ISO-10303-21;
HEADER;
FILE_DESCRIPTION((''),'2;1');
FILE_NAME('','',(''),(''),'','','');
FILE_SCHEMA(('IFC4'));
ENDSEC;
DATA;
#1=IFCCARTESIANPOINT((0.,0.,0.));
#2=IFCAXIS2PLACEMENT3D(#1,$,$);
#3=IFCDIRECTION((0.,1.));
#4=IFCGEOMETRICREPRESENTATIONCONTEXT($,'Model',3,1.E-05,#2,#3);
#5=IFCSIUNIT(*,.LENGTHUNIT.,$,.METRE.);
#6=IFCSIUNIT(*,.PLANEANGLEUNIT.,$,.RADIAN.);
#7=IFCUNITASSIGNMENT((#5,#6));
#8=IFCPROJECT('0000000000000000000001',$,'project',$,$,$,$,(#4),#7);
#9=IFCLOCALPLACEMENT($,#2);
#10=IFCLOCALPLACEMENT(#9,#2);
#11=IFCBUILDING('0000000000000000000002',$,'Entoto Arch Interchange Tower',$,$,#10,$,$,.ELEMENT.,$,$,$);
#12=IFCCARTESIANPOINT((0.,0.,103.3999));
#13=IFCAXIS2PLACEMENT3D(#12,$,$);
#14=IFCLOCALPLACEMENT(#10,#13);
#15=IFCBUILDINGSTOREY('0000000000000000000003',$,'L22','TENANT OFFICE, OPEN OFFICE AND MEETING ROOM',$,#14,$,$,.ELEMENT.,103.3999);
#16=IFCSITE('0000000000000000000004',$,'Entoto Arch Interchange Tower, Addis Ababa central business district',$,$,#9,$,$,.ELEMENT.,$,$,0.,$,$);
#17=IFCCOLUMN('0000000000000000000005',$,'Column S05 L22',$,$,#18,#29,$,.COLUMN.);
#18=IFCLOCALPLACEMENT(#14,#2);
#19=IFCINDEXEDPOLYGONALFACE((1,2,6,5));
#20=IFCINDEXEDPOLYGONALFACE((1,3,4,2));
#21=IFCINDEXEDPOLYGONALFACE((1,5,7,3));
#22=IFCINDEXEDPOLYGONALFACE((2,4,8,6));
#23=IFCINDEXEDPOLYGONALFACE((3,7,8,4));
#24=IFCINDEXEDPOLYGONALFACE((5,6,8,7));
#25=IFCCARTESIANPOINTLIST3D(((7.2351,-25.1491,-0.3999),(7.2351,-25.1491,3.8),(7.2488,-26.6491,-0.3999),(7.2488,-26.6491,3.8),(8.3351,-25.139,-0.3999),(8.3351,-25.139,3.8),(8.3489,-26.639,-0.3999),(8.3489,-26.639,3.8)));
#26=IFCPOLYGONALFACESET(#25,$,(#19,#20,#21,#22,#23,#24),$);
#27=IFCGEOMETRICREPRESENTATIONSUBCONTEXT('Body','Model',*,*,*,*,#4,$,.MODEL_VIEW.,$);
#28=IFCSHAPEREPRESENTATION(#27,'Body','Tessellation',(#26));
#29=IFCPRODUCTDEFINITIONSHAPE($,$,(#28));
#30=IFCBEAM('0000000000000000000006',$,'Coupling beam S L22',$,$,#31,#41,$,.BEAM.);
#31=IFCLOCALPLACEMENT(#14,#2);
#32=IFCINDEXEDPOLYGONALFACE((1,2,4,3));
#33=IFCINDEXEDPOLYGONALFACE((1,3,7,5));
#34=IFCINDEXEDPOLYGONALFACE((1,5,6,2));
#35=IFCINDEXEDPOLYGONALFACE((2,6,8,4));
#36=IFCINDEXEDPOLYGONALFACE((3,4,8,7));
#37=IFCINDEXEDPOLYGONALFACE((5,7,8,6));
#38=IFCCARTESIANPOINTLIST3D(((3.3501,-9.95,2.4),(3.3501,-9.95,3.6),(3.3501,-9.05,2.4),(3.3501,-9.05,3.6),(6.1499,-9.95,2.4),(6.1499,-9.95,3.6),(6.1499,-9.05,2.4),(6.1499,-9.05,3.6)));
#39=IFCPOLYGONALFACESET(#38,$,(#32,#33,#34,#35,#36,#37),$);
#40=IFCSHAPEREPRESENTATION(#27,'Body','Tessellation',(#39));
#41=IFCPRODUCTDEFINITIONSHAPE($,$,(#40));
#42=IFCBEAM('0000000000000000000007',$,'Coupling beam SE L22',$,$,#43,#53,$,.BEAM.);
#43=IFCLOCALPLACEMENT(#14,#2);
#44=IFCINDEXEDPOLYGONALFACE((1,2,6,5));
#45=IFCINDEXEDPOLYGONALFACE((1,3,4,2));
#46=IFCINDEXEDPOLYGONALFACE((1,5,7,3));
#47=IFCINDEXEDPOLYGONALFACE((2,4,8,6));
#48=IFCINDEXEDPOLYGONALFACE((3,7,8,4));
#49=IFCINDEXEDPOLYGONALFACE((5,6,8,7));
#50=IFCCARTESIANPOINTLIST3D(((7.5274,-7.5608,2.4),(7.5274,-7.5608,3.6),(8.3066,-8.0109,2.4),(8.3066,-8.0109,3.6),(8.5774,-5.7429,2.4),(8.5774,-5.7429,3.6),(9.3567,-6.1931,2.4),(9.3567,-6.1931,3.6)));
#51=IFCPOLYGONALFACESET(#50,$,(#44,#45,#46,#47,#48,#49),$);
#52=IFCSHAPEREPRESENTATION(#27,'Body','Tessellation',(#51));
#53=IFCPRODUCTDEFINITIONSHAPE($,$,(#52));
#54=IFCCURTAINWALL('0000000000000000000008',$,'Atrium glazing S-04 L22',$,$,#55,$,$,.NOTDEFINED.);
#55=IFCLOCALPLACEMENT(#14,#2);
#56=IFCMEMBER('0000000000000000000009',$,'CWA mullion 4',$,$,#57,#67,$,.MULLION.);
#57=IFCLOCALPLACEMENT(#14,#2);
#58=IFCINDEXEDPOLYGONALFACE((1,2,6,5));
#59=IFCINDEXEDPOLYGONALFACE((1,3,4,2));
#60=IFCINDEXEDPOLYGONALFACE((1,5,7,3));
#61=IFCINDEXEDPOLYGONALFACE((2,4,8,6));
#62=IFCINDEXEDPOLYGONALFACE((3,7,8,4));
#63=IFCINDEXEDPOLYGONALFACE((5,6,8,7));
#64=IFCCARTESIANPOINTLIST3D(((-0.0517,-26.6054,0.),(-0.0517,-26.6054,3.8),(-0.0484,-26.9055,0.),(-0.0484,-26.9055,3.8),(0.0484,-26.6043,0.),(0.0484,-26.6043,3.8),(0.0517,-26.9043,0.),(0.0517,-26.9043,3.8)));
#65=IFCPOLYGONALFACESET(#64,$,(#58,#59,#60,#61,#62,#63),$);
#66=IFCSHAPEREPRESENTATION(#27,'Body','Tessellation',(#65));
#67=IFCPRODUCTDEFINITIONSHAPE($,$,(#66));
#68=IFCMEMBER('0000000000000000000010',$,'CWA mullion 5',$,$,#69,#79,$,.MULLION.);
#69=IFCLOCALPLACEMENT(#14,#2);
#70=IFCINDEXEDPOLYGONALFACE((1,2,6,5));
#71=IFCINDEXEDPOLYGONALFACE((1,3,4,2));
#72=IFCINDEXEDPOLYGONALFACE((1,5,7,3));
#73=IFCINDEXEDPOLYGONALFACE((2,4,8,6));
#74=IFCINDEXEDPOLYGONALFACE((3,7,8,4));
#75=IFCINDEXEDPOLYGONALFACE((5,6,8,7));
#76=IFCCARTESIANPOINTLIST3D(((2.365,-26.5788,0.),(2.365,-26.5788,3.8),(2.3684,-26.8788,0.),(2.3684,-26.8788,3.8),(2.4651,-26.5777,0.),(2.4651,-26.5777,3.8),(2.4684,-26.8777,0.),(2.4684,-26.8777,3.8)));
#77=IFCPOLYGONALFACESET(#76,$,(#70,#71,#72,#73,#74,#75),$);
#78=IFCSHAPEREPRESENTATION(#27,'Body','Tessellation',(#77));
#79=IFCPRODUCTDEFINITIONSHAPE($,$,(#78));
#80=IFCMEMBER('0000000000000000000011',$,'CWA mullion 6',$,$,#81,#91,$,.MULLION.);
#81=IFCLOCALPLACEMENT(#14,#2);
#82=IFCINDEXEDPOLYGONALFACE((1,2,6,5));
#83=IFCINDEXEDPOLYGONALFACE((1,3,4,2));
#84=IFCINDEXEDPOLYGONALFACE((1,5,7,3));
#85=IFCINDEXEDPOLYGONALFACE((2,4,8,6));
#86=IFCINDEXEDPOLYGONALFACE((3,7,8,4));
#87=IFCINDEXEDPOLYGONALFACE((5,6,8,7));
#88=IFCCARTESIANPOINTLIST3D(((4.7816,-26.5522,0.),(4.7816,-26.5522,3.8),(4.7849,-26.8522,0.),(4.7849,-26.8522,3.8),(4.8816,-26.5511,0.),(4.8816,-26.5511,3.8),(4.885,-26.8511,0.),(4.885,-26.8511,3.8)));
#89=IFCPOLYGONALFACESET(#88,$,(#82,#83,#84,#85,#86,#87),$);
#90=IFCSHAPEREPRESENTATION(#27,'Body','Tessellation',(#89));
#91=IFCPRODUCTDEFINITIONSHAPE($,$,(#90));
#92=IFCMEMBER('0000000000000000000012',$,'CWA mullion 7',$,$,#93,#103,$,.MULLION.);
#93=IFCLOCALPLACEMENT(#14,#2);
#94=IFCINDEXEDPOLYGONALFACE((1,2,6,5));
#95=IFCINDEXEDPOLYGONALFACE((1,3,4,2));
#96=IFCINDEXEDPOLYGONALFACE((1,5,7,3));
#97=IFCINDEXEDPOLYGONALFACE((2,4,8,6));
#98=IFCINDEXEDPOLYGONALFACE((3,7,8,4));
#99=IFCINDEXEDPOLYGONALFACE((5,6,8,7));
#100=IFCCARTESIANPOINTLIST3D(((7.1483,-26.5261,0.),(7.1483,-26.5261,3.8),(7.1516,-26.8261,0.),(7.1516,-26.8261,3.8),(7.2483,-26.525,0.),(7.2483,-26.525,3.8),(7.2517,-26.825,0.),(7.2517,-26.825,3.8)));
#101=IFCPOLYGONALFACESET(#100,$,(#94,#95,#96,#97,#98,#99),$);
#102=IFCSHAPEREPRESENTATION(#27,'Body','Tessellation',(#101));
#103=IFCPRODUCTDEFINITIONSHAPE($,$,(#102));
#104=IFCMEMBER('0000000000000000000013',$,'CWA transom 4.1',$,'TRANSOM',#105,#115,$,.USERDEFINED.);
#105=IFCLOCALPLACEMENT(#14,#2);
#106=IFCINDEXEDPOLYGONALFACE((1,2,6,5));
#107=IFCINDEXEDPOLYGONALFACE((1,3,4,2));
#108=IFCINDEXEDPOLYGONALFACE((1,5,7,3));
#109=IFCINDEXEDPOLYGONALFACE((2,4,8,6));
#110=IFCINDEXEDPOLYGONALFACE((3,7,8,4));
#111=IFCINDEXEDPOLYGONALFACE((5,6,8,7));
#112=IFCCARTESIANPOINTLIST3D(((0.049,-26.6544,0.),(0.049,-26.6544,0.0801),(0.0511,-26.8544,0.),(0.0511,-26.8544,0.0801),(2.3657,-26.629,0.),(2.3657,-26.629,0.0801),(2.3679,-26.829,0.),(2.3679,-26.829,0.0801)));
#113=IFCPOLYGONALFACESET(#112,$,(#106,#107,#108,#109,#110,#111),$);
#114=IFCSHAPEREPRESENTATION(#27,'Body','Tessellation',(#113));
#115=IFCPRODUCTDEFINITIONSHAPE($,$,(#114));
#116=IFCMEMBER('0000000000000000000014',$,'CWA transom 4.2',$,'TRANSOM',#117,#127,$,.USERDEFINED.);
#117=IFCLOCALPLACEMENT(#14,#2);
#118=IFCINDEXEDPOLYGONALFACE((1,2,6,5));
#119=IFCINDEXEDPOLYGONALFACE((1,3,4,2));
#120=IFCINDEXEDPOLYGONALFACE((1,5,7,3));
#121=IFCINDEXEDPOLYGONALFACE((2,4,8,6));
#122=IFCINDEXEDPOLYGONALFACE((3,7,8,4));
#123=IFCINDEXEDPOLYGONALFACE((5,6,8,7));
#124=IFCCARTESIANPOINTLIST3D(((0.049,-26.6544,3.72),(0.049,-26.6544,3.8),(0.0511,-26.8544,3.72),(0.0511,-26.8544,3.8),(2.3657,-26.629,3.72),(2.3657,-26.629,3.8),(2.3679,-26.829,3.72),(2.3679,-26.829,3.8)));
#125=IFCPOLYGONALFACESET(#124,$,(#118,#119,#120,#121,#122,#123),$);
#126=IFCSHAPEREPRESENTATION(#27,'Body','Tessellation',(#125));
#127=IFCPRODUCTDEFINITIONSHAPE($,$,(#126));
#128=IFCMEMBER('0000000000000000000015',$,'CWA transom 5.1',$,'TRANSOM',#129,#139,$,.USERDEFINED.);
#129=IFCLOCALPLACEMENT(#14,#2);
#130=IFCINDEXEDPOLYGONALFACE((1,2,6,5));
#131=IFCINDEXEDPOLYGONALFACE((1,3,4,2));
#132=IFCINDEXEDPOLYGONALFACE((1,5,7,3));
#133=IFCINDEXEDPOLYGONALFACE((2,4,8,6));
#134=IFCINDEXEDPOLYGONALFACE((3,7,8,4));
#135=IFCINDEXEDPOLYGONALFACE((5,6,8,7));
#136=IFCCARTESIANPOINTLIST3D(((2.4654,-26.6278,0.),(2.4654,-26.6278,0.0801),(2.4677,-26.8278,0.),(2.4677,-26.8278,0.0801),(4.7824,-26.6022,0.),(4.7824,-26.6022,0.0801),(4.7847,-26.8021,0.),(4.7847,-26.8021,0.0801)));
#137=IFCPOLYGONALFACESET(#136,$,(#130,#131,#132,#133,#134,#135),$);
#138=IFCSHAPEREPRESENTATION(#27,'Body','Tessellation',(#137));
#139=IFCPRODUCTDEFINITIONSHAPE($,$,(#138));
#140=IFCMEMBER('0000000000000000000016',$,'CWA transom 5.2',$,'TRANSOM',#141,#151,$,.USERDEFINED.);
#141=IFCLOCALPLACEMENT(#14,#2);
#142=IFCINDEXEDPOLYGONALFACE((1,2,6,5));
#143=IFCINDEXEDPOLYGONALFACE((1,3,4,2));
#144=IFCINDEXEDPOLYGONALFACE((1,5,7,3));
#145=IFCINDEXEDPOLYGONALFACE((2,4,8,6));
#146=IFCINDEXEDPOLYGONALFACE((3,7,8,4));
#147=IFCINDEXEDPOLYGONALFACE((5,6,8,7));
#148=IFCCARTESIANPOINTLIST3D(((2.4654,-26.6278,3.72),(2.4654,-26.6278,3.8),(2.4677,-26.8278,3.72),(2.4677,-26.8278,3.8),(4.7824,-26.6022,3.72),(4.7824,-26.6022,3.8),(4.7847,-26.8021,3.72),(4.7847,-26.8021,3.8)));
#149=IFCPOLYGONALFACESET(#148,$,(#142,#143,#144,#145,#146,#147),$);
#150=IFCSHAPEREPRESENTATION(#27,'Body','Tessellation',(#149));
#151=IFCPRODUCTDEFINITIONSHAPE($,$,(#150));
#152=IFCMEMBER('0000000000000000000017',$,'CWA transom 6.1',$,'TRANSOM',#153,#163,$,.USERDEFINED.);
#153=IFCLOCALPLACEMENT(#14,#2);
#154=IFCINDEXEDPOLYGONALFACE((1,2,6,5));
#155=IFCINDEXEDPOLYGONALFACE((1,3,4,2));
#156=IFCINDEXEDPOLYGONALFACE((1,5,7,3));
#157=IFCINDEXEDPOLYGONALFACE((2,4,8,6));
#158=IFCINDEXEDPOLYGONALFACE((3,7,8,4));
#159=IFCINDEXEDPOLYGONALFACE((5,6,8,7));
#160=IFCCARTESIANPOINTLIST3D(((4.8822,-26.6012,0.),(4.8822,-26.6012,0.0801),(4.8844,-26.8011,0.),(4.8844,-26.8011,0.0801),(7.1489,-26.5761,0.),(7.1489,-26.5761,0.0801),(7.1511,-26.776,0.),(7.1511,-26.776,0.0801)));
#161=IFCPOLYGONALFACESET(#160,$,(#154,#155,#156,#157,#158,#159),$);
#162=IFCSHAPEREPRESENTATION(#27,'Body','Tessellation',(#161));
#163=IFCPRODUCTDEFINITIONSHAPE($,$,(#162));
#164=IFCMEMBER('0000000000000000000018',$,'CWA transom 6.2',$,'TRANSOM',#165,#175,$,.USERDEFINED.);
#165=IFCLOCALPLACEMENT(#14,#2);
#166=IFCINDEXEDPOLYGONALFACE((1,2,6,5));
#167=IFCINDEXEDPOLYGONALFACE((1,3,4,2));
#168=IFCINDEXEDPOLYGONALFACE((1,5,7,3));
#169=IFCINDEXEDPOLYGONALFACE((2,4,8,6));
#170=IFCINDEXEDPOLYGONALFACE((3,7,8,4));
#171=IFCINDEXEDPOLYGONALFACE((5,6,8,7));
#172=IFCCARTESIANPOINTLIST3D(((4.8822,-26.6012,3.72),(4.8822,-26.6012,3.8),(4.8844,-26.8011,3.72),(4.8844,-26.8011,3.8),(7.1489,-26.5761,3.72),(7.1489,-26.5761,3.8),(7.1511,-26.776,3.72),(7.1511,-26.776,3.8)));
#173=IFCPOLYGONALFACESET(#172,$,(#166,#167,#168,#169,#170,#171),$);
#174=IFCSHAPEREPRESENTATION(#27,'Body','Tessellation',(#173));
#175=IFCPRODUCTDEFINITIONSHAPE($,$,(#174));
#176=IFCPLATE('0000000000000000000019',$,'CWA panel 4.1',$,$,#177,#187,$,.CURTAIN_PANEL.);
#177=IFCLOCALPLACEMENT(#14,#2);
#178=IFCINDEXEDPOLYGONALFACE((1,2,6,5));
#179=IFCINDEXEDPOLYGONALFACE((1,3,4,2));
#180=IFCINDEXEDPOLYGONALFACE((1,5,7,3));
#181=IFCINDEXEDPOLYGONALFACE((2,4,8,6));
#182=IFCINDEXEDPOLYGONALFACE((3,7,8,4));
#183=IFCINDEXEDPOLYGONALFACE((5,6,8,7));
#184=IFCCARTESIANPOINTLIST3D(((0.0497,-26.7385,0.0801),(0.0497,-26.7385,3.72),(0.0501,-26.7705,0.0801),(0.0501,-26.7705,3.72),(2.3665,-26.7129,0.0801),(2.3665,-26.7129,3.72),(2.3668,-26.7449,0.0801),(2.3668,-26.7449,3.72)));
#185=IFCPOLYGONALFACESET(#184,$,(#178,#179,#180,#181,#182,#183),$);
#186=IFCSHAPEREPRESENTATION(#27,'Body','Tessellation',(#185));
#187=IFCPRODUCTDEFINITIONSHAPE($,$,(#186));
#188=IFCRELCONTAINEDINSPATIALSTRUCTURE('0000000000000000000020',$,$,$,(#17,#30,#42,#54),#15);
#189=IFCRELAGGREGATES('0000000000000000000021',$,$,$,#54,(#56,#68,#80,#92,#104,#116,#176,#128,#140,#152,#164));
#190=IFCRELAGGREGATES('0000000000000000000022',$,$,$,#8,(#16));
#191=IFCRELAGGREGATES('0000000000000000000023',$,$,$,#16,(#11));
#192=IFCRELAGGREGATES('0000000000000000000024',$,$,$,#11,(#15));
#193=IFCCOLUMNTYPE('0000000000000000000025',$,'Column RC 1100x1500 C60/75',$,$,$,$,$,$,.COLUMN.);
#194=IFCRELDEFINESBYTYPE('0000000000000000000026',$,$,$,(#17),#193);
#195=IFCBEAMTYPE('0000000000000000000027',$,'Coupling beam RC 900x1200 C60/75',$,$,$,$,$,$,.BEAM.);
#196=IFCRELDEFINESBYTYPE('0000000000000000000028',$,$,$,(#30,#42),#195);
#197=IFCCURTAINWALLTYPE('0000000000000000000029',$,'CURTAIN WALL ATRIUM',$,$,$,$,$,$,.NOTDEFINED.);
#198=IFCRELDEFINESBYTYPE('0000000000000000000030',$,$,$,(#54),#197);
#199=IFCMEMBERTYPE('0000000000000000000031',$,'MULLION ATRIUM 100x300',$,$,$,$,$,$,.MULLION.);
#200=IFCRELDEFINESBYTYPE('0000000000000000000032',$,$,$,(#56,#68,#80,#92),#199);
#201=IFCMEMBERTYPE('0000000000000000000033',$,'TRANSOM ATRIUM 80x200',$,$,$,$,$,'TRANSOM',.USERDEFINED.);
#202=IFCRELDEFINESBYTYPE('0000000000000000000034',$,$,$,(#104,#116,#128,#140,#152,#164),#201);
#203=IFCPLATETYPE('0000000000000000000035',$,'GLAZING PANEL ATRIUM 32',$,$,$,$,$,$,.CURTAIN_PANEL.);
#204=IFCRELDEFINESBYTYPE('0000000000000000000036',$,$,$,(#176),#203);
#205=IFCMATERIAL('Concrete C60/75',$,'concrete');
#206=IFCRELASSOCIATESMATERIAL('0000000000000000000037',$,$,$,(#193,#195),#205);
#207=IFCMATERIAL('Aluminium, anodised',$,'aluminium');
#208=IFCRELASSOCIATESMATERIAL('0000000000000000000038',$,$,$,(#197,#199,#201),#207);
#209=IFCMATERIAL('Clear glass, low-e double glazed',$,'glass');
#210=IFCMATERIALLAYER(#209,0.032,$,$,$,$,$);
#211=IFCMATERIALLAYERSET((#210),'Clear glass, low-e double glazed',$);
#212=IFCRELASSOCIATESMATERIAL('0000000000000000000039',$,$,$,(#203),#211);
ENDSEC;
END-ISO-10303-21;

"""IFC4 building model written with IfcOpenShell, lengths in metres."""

from ifc_helpers import new_model, si_unit, direction, frame, origin, origin_2d, place, context, subcontext, project, spatial, rectangle, extrude, material, layer, layer_set, material_profile, profile_set, type_object, element, aggregate, save


model = new_model("IFC4")

# Units and contexts
model_context = context("Model", 3, precision=1e-05, world=origin(), true_north=direction((0.0, 1.0)))
body_context = subcontext(model_context, "Body", "Model", "MODEL_VIEW")
ifc_project = project(units=[si_unit("LENGTHUNIT", "METRE"), si_unit("PLANEANGLEUNIT", "RADIAN")], contexts=[model_context])

# Site, building, storey
site_placement = place(None, origin())
site = spatial("IfcSite", under=ifc_project, at=site_placement, Name="Entoto Arch Interchange Tower, Addis Ababa central business district", CompositionType="ELEMENT", RefElevation=0.0)
building_placement = place(site_placement, origin())
building = spatial("IfcBuilding", under=site, at=building_placement, Name="Entoto Arch Interchange Tower", CompositionType="ELEMENT")
storey_placement = place(building_placement, frame((0.0, 0.0, 103.3999)))
storey = spatial("IfcBuildingStorey", under=building, at=storey_placement, Name="L22", Description="TENANT OFFICE, OPEN OFFICE AND MEETING ROOM", CompositionType="ELEMENT", Elevation=103.3999)

# Column
ifc_material_1 = material(Name="Concrete C60/75", Category="concrete")
ifc_material_profile_1 = material_profile(ifc_material_1, rectangle(XDim=1.1001, YDim=1.5, at=origin_2d()))
ifc_profile_set_1 = profile_set([ifc_material_profile_1], Name="Concrete C60/75")
column_type = type_object("IfcColumnType", Name="Column RC 1100x1500 C60/75", PredefinedType="COLUMN", material=ifc_profile_set_1)
column_placement = place(storey_placement, frame((7.792, -25.894, -0.3999), z_axis=(0.0, 0.0, 1.0), x_axis=(0.999958, 0.009163, 0.0)))
element("IfcColumn", 1, at=column_placement, inside=storey, type_object=column_type, Name="Column S05 L22", PredefinedType="COLUMN", context=body_context, shape_type="SweptSolid", body=[
    extrude(rectangle(XDim=1.1001, YDim=1.5, at=origin_2d()), origin(), (0.0, 0.0, 1.0), 4.2),
])

# Beams
ifc_material_profile_2 = material_profile(ifc_material_1, rectangle(XDim=0.8999, YDim=1.2, at=origin_2d()))
ifc_profile_set_2 = profile_set([ifc_material_profile_2], Name="Concrete C60/75")
beam_type = type_object("IfcBeamType", Name="Coupling beam RC 900x1200 C60/75", PredefinedType="BEAM", material=ifc_profile_set_2)
beam_1_placement = place(storey_placement, frame((3.3501, -9.5, 3.0), z_axis=(1.0, 0.0, 0.0), x_axis=(0.0, 1.0, 0.0)))
element("IfcBeam", 2, at=beam_1_placement, inside=storey, type_object=beam_type, Name="Coupling beam S L22", PredefinedType="BEAM", context=body_context, shape_type="SweptSolid", body=[
    extrude(rectangle(XDim=0.8999, YDim=1.2, at=origin_2d()), origin(), (0.0, 0.0, 1.0), 2.7998),
])
beam_2_placement = place(storey_placement, frame((7.917, -7.7859, 3.0), z_axis=(0.500179, 0.865922, 0.0), x_axis=(-0.865922, 0.500179, 0.0)))
element("IfcBeam", 3, at=beam_2_placement, inside=storey, type_object=beam_type, Name="Coupling beam SE L22", PredefinedType="BEAM", context=body_context, shape_type="SweptSolid", body=[
    extrude(rectangle(XDim=0.8999, YDim=1.2, at=origin_2d()), origin(), (0.0, 0.0, 1.0), 2.0994),
])

# Curtain wall, members, plate
ifc_material_2 = material(Name="Aluminium, anodised", Category="aluminium")
curtain_wall_type = type_object("IfcCurtainWallType", Name="CURTAIN WALL ATRIUM", PredefinedType="NOTDEFINED", material=ifc_material_2)
curtain_wall_placement = place(storey_placement, origin())
curtain_wall = element("IfcCurtainWall", 4, at=curtain_wall_placement, inside=storey, type_object=curtain_wall_type, Name="Atrium glazing S-04 L22", PredefinedType="NOTDEFINED")
ifc_material_profile_3 = material_profile(ifc_material_2, rectangle(XDim=0.3, YDim=0.1001, at=origin_2d()))
ifc_profile_set_3 = profile_set([ifc_material_profile_3], Name="Aluminium, anodised")
member_type_1 = type_object("IfcMemberType", Name="MULLION ATRIUM 100x300", PredefinedType="MULLION", material=ifc_profile_set_3)
member_1_placement = place(storey_placement, frame((0.0, -26.7549, 0.0), z_axis=(0.0, 0.0, 1.0), x_axis=(-0.011034, 0.999939, 0.0)))
member_1 = element("IfcMember", 5, at=member_1_placement, type_object=member_type_1, Name="CWA mullion 4", PredefinedType="MULLION", context=body_context, shape_type="SweptSolid", body=[
    extrude(rectangle(XDim=0.3, YDim=0.1001, at=origin_2d()), origin(), (0.0, 0.0, 1.0), 3.8),
])
member_2_placement = place(storey_placement, frame((2.4167, -26.7283, 0.0), z_axis=(0.0, 0.0, 1.0), x_axis=(-0.011034, 0.999939, 0.0)))
member_2 = element("IfcMember", 6, at=member_2_placement, type_object=member_type_1, Name="CWA mullion 5", PredefinedType="MULLION", context=body_context, shape_type="SweptSolid", body=[
    extrude(rectangle(XDim=0.3, YDim=0.1001, at=origin_2d()), origin(), (0.0, 0.0, 1.0), 3.8),
])
member_3_placement = place(storey_placement, frame((4.8333, -26.7017, 0.0), z_axis=(0.0, 0.0, 1.0), x_axis=(-0.011034, 0.999939, 0.0)))
member_3 = element("IfcMember", 7, at=member_3_placement, type_object=member_type_1, Name="CWA mullion 6", PredefinedType="MULLION", context=body_context, shape_type="SweptSolid", body=[
    extrude(rectangle(XDim=0.3, YDim=0.1001, at=origin_2d()), origin(), (0.0, 0.0, 1.0), 3.8),
])
member_4_placement = place(storey_placement, frame((7.2, -26.6755, 0.0), z_axis=(0.0, 0.0, 1.0), x_axis=(-0.011034, 0.999939, 0.0)))
member_4 = element("IfcMember", 8, at=member_4_placement, type_object=member_type_1, Name="CWA mullion 7", PredefinedType="MULLION", context=body_context, shape_type="SweptSolid", body=[
    extrude(rectangle(XDim=0.3, YDim=0.1001, at=origin_2d()), origin(), (0.0, 0.0, 1.0), 3.8),
])
ifc_material_profile_4 = material_profile(ifc_material_2, rectangle(XDim=0.2, YDim=0.0801, at=origin_2d()))
ifc_profile_set_4 = profile_set([ifc_material_profile_4], Name="Aluminium, anodised")
member_type_2 = type_object("IfcMemberType", Name="TRANSOM ATRIUM 80x200", ElementType="TRANSOM", PredefinedType="USERDEFINED", material=ifc_profile_set_4)
member_5_placement = place(storey_placement, frame((0.05, -26.7544, 0.04), z_axis=(0.99994, 0.010959, 0.0), x_axis=(-0.010959, 0.99994, 0.0)))
member_5 = element("IfcMember", 9, at=member_5_placement, type_object=member_type_2, Name="CWA transom 4.1", ObjectType="TRANSOM", PredefinedType="USERDEFINED", context=body_context, shape_type="SweptSolid", body=[
    extrude(rectangle(XDim=0.2, YDim=0.0801, at=origin_2d()), origin(), (0.0, 0.0, 1.0), 2.3169),
])
member_6_placement = place(storey_placement, frame((0.05, -26.7544, 3.76), z_axis=(0.99994, 0.010959, 0.0), x_axis=(-0.010959, 0.99994, 0.0)))
member_6 = element("IfcMember", 10, at=member_6_placement, type_object=member_type_2, Name="CWA transom 4.2", ObjectType="TRANSOM", PredefinedType="USERDEFINED", context=body_context, shape_type="SweptSolid", body=[
    extrude(rectangle(XDim=0.2, YDim=0.0801, at=origin_2d()), origin(), (0.0, 0.0, 1.0), 2.3169),
])
member_7_placement = place(storey_placement, frame((2.4666, -26.7278, 0.04), z_axis=(0.999939, 0.011064, 0.0), x_axis=(-0.011064, 0.999939, 0.0)))
member_7 = element("IfcMember", 11, at=member_7_placement, type_object=member_type_2, Name="CWA transom 5.1", ObjectType="TRANSOM", PredefinedType="USERDEFINED", context=body_context, shape_type="SweptSolid", body=[
    extrude(rectangle(XDim=0.2, YDim=0.0801, at=origin_2d()), origin(), (0.0, 0.0, 1.0), 2.3171),
])
member_8_placement = place(storey_placement, frame((2.4666, -26.7278, 3.76), z_axis=(0.999939, 0.011064, 0.0), x_axis=(-0.011064, 0.999939, 0.0)))
member_8 = element("IfcMember", 12, at=member_8_placement, type_object=member_type_2, Name="CWA transom 5.2", ObjectType="TRANSOM", PredefinedType="USERDEFINED", context=body_context, shape_type="SweptSolid", body=[
    extrude(rectangle(XDim=0.2, YDim=0.0801, at=origin_2d()), origin(), (0.0, 0.0, 1.0), 2.3171),
])
member_9_placement = place(storey_placement, frame((4.8833, -26.7012, 0.04), z_axis=(0.999938, 0.011094, 0.0), x_axis=(-0.011094, 0.999938, 0.0)))
member_9 = element("IfcMember", 13, at=member_9_placement, type_object=member_type_2, Name="CWA transom 6.1", ObjectType="TRANSOM", PredefinedType="USERDEFINED", context=body_context, shape_type="SweptSolid", body=[
    extrude(rectangle(XDim=0.2, YDim=0.0801, at=origin_2d()), origin(), (0.0, 0.0, 1.0), 2.2668),
])
member_10_placement = place(storey_placement, frame((4.8833, -26.7012, 3.76), z_axis=(0.999938, 0.011094, 0.0), x_axis=(-0.011094, 0.999938, 0.0)))
member_10 = element("IfcMember", 14, at=member_10_placement, type_object=member_type_2, Name="CWA transom 6.2", ObjectType="TRANSOM", PredefinedType="USERDEFINED", context=body_context, shape_type="SweptSolid", body=[
    extrude(rectangle(XDim=0.2, YDim=0.0801, at=origin_2d()), origin(), (0.0, 0.0, 1.0), 2.2668),
])
ifc_material_3 = material(Name="Clear glass, low-e double glazed", Category="glass")
ifc_layer_1 = layer(ifc_material_3, 0.032)
ifc_layer_set_1 = layer_set([ifc_layer_1], Name="Clear glass, low-e double glazed")
plate_type = type_object("IfcPlateType", Name="GLAZING PANEL ATRIUM 32", PredefinedType="CURTAIN_PANEL", material=ifc_layer_set_1)
plate_1_placement = place(storey_placement, frame((1.2083, -26.7417, 0.0801), z_axis=(0.0, 0.0, 1.0), x_axis=(0.999939, 0.011034, 0.0)))
plate_1 = element("IfcPlate", 15, at=plate_1_placement, type_object=plate_type, Name="CWA panel 4.1", PredefinedType="CURTAIN_PANEL", context=body_context, shape_type="SweptSolid", body=[
    extrude(rectangle(XDim=2.3169, YDim=0.032, at=origin_2d()), origin(), (0.0, 0.0, 1.0), 3.6399),
])
aggregate(curtain_wall, [member_1, member_2, member_3, member_4, member_5, member_6, plate_1, member_7, member_8, member_9, member_10])

save(model, "model.ifc")
